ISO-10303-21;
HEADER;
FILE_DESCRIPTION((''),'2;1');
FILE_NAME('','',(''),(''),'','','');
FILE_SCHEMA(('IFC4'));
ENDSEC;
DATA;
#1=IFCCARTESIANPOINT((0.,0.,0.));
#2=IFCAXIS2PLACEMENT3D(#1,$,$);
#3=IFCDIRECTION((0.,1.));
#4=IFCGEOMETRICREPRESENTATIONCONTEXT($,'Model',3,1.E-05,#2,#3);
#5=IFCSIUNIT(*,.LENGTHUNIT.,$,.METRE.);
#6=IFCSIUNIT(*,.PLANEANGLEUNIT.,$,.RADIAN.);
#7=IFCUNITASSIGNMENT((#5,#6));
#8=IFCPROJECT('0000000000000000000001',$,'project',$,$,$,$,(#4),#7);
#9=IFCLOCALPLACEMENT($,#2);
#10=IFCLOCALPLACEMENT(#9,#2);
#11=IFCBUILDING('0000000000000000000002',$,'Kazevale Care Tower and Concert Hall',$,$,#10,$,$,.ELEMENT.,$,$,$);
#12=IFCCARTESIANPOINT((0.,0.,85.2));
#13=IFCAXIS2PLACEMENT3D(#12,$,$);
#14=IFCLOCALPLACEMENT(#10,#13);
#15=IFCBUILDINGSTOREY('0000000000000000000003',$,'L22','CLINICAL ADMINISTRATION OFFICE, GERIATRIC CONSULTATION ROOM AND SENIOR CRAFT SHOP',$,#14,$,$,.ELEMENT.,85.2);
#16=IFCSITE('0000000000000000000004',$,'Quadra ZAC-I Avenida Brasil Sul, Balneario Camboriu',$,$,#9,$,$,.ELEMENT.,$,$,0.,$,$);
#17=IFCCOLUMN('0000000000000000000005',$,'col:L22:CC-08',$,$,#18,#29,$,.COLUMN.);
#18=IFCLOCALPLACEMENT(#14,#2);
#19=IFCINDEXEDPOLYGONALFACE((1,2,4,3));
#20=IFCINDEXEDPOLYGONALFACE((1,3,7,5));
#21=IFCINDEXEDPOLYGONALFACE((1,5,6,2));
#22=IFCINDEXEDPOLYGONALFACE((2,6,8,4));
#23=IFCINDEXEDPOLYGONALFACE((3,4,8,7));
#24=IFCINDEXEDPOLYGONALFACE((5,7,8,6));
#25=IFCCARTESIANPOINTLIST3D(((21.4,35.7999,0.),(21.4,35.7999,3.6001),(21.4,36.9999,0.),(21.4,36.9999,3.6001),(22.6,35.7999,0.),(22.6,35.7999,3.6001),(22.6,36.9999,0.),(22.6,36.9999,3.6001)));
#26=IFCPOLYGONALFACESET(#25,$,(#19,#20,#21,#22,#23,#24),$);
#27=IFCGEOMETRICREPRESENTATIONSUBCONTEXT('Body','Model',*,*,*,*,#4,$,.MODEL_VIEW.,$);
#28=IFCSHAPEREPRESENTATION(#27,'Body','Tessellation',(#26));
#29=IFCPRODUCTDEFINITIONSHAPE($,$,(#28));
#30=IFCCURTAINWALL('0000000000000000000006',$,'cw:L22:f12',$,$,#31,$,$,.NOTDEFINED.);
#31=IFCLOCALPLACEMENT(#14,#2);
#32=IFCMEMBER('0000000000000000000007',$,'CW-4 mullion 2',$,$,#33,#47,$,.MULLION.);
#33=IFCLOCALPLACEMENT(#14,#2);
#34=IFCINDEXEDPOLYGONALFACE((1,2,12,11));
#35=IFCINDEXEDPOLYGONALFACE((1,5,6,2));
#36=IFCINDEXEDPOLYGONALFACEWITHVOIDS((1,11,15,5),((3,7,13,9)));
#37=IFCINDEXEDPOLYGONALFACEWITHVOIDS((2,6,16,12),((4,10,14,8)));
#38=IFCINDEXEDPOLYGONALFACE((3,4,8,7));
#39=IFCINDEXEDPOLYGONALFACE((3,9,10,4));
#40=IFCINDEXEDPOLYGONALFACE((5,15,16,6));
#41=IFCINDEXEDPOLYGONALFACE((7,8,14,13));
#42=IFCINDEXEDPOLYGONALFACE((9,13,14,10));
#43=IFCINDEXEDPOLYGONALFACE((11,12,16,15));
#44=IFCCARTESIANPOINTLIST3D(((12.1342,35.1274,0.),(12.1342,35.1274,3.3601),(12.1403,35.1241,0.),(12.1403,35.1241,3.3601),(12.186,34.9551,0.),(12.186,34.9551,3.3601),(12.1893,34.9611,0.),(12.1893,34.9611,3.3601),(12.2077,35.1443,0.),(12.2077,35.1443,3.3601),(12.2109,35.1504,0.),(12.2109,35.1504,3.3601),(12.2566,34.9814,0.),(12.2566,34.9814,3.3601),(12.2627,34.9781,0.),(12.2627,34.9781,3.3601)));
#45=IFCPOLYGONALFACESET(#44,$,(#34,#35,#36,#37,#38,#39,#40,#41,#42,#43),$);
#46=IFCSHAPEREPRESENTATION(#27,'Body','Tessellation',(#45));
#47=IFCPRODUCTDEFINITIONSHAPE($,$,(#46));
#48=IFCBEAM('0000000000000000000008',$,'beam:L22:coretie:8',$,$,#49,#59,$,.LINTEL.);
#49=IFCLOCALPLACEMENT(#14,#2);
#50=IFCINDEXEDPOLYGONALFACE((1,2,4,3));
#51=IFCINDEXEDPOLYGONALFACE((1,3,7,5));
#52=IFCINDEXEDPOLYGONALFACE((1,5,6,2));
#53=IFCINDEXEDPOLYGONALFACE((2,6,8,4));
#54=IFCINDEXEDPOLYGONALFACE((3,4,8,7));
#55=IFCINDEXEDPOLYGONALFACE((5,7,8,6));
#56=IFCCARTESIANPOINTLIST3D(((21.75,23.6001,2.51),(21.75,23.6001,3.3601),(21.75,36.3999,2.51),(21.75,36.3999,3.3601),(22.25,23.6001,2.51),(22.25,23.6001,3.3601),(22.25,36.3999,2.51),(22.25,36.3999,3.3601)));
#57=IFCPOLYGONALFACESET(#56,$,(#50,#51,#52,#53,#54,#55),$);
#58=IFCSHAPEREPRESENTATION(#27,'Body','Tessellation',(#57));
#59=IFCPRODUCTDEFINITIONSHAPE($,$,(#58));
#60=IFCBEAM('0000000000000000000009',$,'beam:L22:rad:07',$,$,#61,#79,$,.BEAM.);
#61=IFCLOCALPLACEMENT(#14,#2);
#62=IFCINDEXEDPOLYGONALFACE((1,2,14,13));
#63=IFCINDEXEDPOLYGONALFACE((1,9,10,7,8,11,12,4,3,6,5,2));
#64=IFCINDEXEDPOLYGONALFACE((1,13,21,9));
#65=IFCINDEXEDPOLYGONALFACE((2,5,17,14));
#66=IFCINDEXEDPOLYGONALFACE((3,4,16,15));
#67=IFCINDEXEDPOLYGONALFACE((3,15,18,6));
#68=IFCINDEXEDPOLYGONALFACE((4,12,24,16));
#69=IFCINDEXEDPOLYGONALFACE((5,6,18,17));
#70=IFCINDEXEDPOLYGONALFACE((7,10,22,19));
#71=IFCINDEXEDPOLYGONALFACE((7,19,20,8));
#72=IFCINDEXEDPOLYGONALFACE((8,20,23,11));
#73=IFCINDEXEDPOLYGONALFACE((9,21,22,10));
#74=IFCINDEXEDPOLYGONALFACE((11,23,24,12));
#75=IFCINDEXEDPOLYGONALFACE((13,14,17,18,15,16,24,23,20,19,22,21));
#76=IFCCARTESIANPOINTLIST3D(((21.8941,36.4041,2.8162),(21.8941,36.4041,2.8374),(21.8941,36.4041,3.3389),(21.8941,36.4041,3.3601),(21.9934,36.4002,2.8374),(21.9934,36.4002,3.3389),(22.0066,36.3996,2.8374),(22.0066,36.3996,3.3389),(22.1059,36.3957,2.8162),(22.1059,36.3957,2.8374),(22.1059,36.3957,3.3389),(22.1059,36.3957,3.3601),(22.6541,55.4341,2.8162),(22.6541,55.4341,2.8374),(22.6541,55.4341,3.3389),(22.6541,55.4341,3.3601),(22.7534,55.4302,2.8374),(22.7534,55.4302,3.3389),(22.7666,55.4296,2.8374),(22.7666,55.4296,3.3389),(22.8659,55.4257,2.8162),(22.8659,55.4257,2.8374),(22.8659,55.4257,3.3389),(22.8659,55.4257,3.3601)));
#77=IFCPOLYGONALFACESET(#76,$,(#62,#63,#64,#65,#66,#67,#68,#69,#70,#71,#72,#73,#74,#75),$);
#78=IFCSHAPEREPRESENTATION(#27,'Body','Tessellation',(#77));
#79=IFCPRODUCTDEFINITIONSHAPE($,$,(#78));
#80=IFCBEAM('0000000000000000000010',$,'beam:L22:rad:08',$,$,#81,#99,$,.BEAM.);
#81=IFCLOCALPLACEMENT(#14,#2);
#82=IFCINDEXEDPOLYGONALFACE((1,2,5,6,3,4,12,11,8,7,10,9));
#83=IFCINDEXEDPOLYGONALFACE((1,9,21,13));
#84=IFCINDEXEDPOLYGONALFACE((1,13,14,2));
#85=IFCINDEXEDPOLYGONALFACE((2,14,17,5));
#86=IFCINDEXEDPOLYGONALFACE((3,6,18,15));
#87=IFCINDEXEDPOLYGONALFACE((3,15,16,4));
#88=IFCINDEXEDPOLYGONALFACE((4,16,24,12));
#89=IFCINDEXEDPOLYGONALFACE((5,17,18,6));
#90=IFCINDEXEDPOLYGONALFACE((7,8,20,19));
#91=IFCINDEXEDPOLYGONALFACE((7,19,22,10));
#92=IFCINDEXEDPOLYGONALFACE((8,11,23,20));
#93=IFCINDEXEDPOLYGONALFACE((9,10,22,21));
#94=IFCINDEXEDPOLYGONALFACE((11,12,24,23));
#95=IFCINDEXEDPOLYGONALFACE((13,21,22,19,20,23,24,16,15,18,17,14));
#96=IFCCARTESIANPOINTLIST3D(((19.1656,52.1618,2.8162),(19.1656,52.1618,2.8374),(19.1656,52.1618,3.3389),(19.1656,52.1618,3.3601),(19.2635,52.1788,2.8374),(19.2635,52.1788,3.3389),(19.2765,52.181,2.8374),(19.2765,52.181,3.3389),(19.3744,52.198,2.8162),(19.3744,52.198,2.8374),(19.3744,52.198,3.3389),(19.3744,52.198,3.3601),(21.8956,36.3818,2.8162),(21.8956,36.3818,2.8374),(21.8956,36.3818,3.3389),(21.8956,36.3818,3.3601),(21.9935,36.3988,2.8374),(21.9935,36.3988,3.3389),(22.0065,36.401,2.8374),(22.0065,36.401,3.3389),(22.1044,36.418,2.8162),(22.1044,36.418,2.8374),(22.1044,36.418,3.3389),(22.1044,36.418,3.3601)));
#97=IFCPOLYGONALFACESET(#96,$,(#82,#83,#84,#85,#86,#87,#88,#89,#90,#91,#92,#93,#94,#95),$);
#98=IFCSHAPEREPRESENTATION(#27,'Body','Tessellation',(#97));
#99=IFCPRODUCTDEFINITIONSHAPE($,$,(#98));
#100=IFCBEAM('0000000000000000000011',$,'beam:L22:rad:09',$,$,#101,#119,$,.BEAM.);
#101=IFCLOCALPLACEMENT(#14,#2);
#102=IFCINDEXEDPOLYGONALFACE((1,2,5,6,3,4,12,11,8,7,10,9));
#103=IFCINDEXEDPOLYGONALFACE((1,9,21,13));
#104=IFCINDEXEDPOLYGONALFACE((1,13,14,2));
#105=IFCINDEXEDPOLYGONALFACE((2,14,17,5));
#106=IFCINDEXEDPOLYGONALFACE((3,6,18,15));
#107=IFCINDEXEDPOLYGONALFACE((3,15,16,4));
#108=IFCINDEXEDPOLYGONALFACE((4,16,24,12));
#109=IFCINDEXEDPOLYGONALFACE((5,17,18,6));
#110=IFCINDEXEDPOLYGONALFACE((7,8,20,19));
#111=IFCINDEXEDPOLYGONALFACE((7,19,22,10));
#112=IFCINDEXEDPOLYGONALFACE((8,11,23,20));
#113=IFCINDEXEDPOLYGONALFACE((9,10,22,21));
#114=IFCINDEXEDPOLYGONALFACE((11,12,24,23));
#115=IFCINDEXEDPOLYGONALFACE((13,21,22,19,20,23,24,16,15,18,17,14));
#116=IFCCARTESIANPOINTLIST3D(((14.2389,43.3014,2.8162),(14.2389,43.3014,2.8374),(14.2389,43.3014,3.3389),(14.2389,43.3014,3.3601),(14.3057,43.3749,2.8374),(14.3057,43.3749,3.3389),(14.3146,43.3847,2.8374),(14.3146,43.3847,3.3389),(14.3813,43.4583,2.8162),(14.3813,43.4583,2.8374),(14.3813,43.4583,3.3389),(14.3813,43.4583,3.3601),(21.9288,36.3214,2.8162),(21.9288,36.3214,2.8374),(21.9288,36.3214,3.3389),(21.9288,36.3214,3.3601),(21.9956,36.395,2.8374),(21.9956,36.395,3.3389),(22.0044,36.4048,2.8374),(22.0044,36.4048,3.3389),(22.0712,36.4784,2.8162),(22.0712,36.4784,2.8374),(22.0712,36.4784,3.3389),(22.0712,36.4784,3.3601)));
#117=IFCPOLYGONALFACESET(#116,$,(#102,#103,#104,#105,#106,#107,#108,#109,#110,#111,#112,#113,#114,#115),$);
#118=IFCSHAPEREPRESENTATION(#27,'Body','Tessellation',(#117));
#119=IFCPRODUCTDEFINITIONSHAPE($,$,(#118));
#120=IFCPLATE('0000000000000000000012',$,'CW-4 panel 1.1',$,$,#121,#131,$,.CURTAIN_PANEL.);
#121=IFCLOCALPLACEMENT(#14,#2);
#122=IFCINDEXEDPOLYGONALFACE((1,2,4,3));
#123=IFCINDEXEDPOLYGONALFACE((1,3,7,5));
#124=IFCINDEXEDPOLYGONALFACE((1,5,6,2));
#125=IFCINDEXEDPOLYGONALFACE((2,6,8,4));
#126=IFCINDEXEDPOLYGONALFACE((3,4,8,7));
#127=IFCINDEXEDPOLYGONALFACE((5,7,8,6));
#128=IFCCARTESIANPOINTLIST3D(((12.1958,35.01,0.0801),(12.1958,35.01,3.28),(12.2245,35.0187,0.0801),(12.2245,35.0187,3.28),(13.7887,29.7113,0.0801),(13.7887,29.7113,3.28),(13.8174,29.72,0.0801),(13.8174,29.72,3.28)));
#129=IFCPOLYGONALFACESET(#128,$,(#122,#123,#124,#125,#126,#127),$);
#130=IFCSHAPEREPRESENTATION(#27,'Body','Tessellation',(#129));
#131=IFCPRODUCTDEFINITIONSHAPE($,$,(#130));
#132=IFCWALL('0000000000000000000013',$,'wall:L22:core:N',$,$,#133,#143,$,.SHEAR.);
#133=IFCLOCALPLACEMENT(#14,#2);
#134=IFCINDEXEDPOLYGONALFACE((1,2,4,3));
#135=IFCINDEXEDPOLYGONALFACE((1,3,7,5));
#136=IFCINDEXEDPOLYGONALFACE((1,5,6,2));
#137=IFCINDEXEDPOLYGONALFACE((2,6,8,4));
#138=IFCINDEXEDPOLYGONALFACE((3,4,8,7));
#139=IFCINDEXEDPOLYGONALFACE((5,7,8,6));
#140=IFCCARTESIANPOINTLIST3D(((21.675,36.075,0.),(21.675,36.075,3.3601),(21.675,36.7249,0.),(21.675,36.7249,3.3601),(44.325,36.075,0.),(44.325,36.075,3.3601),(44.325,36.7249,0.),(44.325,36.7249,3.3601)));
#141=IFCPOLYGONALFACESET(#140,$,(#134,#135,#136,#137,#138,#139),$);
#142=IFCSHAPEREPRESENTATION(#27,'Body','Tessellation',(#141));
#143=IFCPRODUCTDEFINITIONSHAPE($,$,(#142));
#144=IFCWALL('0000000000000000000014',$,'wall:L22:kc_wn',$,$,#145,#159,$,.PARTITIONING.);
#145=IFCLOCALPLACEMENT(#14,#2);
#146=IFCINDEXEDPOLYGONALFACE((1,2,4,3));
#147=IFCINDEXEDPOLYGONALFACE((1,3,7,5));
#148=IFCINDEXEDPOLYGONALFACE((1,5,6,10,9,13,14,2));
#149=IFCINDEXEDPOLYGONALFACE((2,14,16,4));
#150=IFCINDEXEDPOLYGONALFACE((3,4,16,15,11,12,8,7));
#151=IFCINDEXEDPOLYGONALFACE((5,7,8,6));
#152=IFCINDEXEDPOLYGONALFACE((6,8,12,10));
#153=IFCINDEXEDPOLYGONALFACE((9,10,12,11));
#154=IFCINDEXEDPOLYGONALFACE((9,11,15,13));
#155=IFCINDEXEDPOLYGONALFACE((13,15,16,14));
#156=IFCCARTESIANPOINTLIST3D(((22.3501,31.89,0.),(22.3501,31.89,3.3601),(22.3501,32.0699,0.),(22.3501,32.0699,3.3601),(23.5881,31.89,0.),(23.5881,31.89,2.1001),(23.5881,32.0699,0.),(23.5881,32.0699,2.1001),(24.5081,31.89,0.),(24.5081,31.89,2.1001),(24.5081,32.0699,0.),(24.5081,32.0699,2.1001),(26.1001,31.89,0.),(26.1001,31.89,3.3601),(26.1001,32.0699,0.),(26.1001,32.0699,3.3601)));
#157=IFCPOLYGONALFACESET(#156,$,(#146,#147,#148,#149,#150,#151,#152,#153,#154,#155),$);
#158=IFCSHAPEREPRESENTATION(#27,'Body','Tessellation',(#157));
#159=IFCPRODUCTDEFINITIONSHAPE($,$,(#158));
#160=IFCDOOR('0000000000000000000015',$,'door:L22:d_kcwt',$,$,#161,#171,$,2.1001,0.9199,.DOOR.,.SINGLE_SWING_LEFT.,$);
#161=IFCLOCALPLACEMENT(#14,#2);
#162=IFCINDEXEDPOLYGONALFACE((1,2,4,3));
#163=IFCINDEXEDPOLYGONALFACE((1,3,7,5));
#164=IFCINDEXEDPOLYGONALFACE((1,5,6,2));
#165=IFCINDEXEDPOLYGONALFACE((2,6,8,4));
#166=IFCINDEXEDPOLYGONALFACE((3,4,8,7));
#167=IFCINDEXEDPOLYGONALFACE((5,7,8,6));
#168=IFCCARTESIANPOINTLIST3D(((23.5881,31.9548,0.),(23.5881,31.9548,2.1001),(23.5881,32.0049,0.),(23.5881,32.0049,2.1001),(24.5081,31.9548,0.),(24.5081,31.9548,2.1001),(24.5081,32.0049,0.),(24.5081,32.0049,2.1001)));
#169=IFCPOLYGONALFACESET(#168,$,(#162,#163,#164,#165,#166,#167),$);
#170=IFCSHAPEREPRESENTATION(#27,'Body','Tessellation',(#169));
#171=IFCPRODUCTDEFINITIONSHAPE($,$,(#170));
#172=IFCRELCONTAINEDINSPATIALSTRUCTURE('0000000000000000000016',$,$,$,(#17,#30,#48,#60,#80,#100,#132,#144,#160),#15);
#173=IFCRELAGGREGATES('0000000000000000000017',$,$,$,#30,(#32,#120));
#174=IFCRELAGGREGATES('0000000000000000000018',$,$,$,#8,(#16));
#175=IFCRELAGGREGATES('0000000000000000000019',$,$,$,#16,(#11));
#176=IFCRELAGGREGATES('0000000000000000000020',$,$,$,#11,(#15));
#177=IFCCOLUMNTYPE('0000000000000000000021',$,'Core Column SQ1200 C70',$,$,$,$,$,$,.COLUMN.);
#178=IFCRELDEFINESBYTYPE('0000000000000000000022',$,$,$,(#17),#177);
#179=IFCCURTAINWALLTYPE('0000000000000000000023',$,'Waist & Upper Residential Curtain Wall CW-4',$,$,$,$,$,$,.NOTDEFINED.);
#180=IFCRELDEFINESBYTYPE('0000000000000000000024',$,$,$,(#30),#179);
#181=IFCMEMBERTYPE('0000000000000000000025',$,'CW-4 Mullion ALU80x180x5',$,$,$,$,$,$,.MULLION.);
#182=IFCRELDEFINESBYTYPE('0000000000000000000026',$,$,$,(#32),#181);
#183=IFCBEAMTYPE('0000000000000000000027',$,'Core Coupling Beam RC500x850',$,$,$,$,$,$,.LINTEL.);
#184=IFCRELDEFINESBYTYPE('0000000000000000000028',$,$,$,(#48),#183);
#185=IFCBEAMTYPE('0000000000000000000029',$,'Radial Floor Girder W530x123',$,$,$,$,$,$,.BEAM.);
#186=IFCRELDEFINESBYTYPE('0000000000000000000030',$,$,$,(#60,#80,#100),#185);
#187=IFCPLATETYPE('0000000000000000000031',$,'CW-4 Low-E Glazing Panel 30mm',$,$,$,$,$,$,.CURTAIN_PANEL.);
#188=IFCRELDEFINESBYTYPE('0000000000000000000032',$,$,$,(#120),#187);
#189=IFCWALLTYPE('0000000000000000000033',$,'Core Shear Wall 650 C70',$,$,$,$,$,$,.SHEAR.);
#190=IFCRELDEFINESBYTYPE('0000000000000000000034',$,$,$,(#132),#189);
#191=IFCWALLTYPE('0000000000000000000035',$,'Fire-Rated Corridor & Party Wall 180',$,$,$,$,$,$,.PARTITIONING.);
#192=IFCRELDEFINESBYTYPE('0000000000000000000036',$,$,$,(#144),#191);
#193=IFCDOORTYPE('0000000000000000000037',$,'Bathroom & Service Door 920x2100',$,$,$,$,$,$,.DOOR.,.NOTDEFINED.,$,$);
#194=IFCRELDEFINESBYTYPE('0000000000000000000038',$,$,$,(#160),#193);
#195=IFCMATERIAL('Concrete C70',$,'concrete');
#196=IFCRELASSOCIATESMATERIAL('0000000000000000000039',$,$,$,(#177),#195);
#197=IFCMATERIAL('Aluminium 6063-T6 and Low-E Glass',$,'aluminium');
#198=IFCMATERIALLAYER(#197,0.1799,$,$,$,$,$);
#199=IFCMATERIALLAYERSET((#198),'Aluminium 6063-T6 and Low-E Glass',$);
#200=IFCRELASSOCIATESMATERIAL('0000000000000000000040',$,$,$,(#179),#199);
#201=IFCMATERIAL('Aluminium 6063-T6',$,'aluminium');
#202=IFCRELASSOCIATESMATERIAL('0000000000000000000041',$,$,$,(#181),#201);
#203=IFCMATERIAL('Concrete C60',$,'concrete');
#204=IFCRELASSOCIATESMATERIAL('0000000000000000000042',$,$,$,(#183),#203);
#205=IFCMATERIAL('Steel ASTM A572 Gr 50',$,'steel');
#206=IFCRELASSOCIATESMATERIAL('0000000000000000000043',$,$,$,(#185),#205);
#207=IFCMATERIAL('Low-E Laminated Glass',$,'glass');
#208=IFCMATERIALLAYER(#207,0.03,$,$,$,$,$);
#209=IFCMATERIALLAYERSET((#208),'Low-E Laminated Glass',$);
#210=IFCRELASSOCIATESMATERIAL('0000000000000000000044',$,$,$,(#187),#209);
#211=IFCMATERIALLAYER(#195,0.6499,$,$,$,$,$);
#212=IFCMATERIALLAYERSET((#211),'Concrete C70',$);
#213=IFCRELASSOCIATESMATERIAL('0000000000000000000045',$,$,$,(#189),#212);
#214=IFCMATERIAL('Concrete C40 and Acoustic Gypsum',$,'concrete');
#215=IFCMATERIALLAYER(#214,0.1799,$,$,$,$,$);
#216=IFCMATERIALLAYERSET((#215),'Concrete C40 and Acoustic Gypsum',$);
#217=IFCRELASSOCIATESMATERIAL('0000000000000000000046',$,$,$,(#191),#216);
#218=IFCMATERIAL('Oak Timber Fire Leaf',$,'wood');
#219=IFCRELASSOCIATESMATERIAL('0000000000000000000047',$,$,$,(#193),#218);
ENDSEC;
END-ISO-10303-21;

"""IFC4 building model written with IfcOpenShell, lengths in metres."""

from ifc_helpers import new_model, si_unit, direction, frame, frame_2d, origin, origin_2d, place, context, subcontext, project, spatial, rectangle, hollow_rectangle, i_section, extrude, material, layer, layer_set, material_profile, profile_set, type_object, element, fill, aggregate, save


model = new_model("IFC4")

# Units and contexts
model_context = context("Model", 3, precision=1e-05, world=origin(), true_north=direction((0.0, 1.0)))
body_context = subcontext(model_context, "Body", "Model", "MODEL_VIEW")
ifc_project = project(units=[si_unit("LENGTHUNIT", "METRE"), si_unit("PLANEANGLEUNIT", "RADIAN")], contexts=[model_context])

# Site, building, storey
site_placement = place(None, origin())
site = spatial("IfcSite", under=ifc_project, at=site_placement, Name="Quadra ZAC-I Avenida Brasil Sul, Balneario Camboriu", CompositionType="ELEMENT", RefElevation=0.0)
building_placement = place(site_placement, origin())
building = spatial("IfcBuilding", under=site, at=building_placement, Name="Kazevale Care Tower and Concert Hall", CompositionType="ELEMENT")
storey_placement = place(building_placement, frame((0.0, 0.0, 85.2)))
storey = spatial("IfcBuildingStorey", under=building, at=storey_placement, Name="L22", Description="CLINICAL ADMINISTRATION OFFICE, GERIATRIC CONSULTATION ROOM AND SENIOR CRAFT SHOP", CompositionType="ELEMENT", Elevation=85.2)

# Column
ifc_material_1 = material(Name="Concrete C70", Category="concrete")
ifc_material_profile_1 = material_profile(ifc_material_1, rectangle(XDim=1.2, YDim=1.2, at=origin_2d()), Name="RC-SQ1200")
ifc_profile_set_1 = profile_set([ifc_material_profile_1], Name="Concrete C70")
column_type = type_object("IfcColumnType", Name="Core Column SQ1200 C70", PredefinedType="COLUMN", material=ifc_profile_set_1)
column_placement = place(storey_placement, frame((22.0, 36.3999, 0.0), z_axis=(0.0, 0.0, 1.0), x_axis=(1.0, 0.0, 0.0)))
element("IfcColumn", 1, at=column_placement, inside=storey, type_object=column_type, Name="col:L22:CC-08", PredefinedType="COLUMN", context=body_context, shape_type="SweptSolid", body=[
    extrude(rectangle(XDim=1.2, YDim=1.2, at=origin_2d()), origin(), (0.0, 0.0, 1.0), 3.6001),
])

# Curtain wall, member
ifc_material_2 = material(Name="Aluminium 6063-T6 and Low-E Glass", Category="aluminium")
ifc_layer_1 = layer(ifc_material_2, 0.1799)
ifc_layer_set_1 = layer_set([ifc_layer_1], Name="Aluminium 6063-T6 and Low-E Glass")
curtain_wall_type = type_object("IfcCurtainWallType", Name="Waist & Upper Residential Curtain Wall CW-4", PredefinedType="NOTDEFINED", material=ifc_layer_set_1)
curtain_wall_placement = place(storey_placement, origin())
curtain_wall = element("IfcCurtainWall", 2, at=curtain_wall_placement, inside=storey, type_object=curtain_wall_type, Name="cw:L22:f12", PredefinedType="NOTDEFINED")
ifc_material_3 = material(Name="Aluminium 6063-T6", Category="aluminium")
ifc_material_profile_2 = material_profile(ifc_material_3, hollow_rectangle(XDim=0.0801, YDim=0.1799, WallThickness=0.0049, at=origin_2d()), Name="ALU80x180x5")
ifc_profile_set_2 = profile_set([ifc_material_profile_2], Name="Aluminium 6063-T6")
member_type = type_object("IfcMemberType", Name="CW-4 Mullion ALU80x180x5", PredefinedType="MULLION", material=ifc_profile_set_2)
member_placement = place(storey_placement, frame((12.1985, 35.0527, 0.0), z_axis=(0.0, 0.0, 1.0), x_axis=(-0.957662, -0.287896, 0.0)))
member = element("IfcMember", 3, at=member_placement, type_object=member_type, Name="CW-4 mullion 2", PredefinedType="MULLION", context=body_context, shape_type="SweptSolid", body=[
    extrude(hollow_rectangle(XDim=0.0801, YDim=0.1799, WallThickness=0.0049, at=origin_2d()), origin(), (0.0, 0.0, 1.0), 3.3601),
])

# Beams
ifc_material_4 = material(Name="Concrete C60", Category="concrete")
ifc_material_profile_3 = material_profile(ifc_material_4, rectangle(XDim=0.5, YDim=0.8501, at=origin_2d()), Name="RC-B500x850")
ifc_profile_set_3 = profile_set([ifc_material_profile_3], Name="Concrete C60")
beam_type_1 = type_object("IfcBeamType", Name="Core Coupling Beam RC500x850", PredefinedType="LINTEL", material=ifc_profile_set_3)
beam_1_placement = place(storey_placement, frame((22.0, 36.3999, 2.9351), z_axis=(0.0, -1.0, 0.0), x_axis=(1.0, 0.0, 0.0)))
element("IfcBeam", 4, at=beam_1_placement, inside=storey, type_object=beam_type_1, Name="beam:L22:coretie:8", PredefinedType="LINTEL", context=body_context, shape_type="SweptSolid", body=[
    extrude(rectangle(XDim=0.5, YDim=0.8501, at=origin_2d()), origin(), (0.0, 0.0, 1.0), 12.7998),
])
ifc_material_5 = material(Name="Steel ASTM A572 Gr 50", Category="steel")
ifc_material_profile_4 = material_profile(ifc_material_5, i_section(OverallWidth=0.2119, OverallDepth=0.5439, WebThickness=0.0132, FlangeThickness=0.0212, at=origin_2d()), Name="W530x123")
ifc_profile_set_4 = profile_set([ifc_material_profile_4], Name="Steel ASTM A572 Gr 50")
beam_type_2 = type_object("IfcBeamType", Name="Radial Floor Girder W530x123", PredefinedType="BEAM", material=ifc_profile_set_4)
beam_2_placement = place(storey_placement, frame((22.0, 36.3999, 3.0881), z_axis=(0.039906, 0.999203, 0.0), x_axis=(-0.999203, 0.039906, 0.0)))
element("IfcBeam", 5, at=beam_2_placement, inside=storey, type_object=beam_type_2, Name="beam:L22:rad:07", PredefinedType="BEAM", context=body_context, shape_type="SweptSolid", body=[
    extrude(i_section(OverallWidth=0.2119, OverallDepth=0.5439, WebThickness=0.0132, FlangeThickness=0.0212, at=origin_2d()), origin(), (0.0, 0.0, 1.0), 19.0452),
])
beam_3_placement = place(storey_placement, frame((22.0, 36.3999, 3.0881), z_axis=(-0.17047, 0.985363, 0.0), x_axis=(-0.985363, -0.17047, 0.0)))
element("IfcBeam", 6, at=beam_3_placement, inside=storey, type_object=beam_type_2, Name="beam:L22:rad:08", PredefinedType="BEAM", context=body_context, shape_type="SweptSolid", body=[
    extrude(i_section(OverallWidth=0.2119, OverallDepth=0.5439, WebThickness=0.0132, FlangeThickness=0.0212, at=origin_2d()), origin(), (0.0, 0.0, 1.0), 16.0144),
])
beam_4_placement = place(storey_placement, frame((22.0, 36.3999, 3.0881), z_axis=(-0.740461, 0.672099, 0.0), x_axis=(-0.672099, -0.740461, 0.0)))
element("IfcBeam", 7, at=beam_4_placement, inside=storey, type_object=beam_type_2, Name="beam:L22:rad:09", PredefinedType="BEAM", context=body_context, shape_type="SweptSolid", body=[
    extrude(i_section(OverallWidth=0.2119, OverallDepth=0.5439, WebThickness=0.0132, FlangeThickness=0.0212, at=origin_2d()), origin(), (0.0, 0.0, 1.0), 10.3853),
])

# Plate
ifc_material_6 = material(Name="Low-E Laminated Glass", Category="glass")
ifc_layer_2 = layer(ifc_material_6, 0.03)
ifc_layer_set_2 = layer_set([ifc_layer_2], Name="Low-E Laminated Glass")
plate_type = type_object("IfcPlateType", Name="CW-4 Low-E Glazing Panel 30mm", PredefinedType="CURTAIN_PANEL", material=ifc_layer_set_2)
plate_placement = place(storey_placement, frame((13.0066, 32.365, 0.0801), z_axis=(0.0, 0.0, 1.0), x_axis=(-0.287896, 0.957662, 0.0)))
plate = element("IfcPlate", 8, at=plate_placement, type_object=plate_type, Name="CW-4 panel 1.1", PredefinedType="CURTAIN_PANEL", context=body_context, shape_type="SweptSolid", body=[
    extrude(rectangle(XDim=5.533, YDim=0.03, at=origin_2d()), origin(), (0.0, 0.0, 1.0), 3.2),
])
aggregate(curtain_wall, [member, plate])

# Wall
ifc_layer_3 = layer(ifc_material_1, 0.6499)
ifc_layer_set_3 = layer_set([ifc_layer_3], Name="Concrete C70")
wall_type_1 = type_object("IfcWallType", Name="Core Shear Wall 650 C70", PredefinedType="SHEAR", material=ifc_layer_set_3)
wall_1_placement = place(storey_placement, frame((21.675, 36.3999, 0.0), z_axis=(0.0, 0.0, 1.0), x_axis=(1.0, 0.0, 0.0)))
element("IfcWall", 9, at=wall_1_placement, inside=storey, type_object=wall_type_1, Name="wall:L22:core:N", PredefinedType="SHEAR", context=body_context, shape_type="SweptSolid", body=[
    extrude(rectangle(XDim=22.6499, YDim=0.6499, at=frame_2d((11.325, 0.0))), origin(), (0.0, 0.0, 1.0), 3.3601),
])

# Wall, opening, door
ifc_material_7 = material(Name="Concrete C40 and Acoustic Gypsum", Category="concrete")
ifc_layer_4 = layer(ifc_material_7, 0.1799)
ifc_layer_set_4 = layer_set([ifc_layer_4], Name="Concrete C40 and Acoustic Gypsum")
wall_type_2 = type_object("IfcWallType", Name="Fire-Rated Corridor & Party Wall 180", PredefinedType="PARTITIONING", material=ifc_layer_set_4)
wall_2_placement = place(storey_placement, frame((22.3501, 31.98, 0.0), z_axis=(0.0, 0.0, 1.0), x_axis=(1.0, 0.0, 0.0)))
wall_2 = element("IfcWall", 10, at=wall_2_placement, inside=storey, type_object=wall_type_2, Name="wall:L22:kc_wn", PredefinedType="PARTITIONING", context=body_context, shape_type="SweptSolid", body=[
    extrude(rectangle(XDim=3.75, YDim=0.1799, at=frame_2d((1.875, 0.0))), origin(), (0.0, 0.0, 1.0), 3.3601),
])
opening_1_placement = place(wall_2_placement, frame((1.238, 0.0, 0.0)))
opening_1 = element("IfcOpeningElement", 11, at=opening_1_placement, cuts=wall_2, PredefinedType="OPENING", context=body_context, shape_type="SweptSolid", body=[
    extrude(rectangle(XDim=0.9199, YDim=2.1001, at=frame_2d((0.46, 1.05))), frame((0.0, 0.0999, 0.0), z_axis=(0.0, -1.0, 0.0), x_axis=(1.0, 0.0, 0.0)), (0.0, 0.0, 1.0), 0.2),
])
ifc_material_8 = material(Name="Oak Timber Fire Leaf", Category="wood")
door_type_1 = type_object("IfcDoorType", Name="Bathroom & Service Door 920x2100", OperationType="NOTDEFINED", PredefinedType="DOOR", material=ifc_material_8)
door_1_placement = place(opening_1_placement, origin())
door_1 = element("IfcDoor", 12, at=door_1_placement, inside=storey, type_object=door_type_1, Name="door:L22:d_kcwt", OperationType="SINGLE_SWING_LEFT", OverallHeight=2.1001, OverallWidth=0.9199, PredefinedType="DOOR", context=body_context, shape_type="SweptSolid", body=[
    extrude(rectangle(XDim=0.9199, YDim=2.1001, at=frame_2d((0.46, 1.05))), frame((0.0, 0.0249, 0.0), z_axis=(0.0, -1.0, 0.0), x_axis=(1.0, 0.0, 0.0)), (0.0, 0.0, 1.0), 0.05),
])
fill(opening_1, door_1)

save(model, "model.ifc")
